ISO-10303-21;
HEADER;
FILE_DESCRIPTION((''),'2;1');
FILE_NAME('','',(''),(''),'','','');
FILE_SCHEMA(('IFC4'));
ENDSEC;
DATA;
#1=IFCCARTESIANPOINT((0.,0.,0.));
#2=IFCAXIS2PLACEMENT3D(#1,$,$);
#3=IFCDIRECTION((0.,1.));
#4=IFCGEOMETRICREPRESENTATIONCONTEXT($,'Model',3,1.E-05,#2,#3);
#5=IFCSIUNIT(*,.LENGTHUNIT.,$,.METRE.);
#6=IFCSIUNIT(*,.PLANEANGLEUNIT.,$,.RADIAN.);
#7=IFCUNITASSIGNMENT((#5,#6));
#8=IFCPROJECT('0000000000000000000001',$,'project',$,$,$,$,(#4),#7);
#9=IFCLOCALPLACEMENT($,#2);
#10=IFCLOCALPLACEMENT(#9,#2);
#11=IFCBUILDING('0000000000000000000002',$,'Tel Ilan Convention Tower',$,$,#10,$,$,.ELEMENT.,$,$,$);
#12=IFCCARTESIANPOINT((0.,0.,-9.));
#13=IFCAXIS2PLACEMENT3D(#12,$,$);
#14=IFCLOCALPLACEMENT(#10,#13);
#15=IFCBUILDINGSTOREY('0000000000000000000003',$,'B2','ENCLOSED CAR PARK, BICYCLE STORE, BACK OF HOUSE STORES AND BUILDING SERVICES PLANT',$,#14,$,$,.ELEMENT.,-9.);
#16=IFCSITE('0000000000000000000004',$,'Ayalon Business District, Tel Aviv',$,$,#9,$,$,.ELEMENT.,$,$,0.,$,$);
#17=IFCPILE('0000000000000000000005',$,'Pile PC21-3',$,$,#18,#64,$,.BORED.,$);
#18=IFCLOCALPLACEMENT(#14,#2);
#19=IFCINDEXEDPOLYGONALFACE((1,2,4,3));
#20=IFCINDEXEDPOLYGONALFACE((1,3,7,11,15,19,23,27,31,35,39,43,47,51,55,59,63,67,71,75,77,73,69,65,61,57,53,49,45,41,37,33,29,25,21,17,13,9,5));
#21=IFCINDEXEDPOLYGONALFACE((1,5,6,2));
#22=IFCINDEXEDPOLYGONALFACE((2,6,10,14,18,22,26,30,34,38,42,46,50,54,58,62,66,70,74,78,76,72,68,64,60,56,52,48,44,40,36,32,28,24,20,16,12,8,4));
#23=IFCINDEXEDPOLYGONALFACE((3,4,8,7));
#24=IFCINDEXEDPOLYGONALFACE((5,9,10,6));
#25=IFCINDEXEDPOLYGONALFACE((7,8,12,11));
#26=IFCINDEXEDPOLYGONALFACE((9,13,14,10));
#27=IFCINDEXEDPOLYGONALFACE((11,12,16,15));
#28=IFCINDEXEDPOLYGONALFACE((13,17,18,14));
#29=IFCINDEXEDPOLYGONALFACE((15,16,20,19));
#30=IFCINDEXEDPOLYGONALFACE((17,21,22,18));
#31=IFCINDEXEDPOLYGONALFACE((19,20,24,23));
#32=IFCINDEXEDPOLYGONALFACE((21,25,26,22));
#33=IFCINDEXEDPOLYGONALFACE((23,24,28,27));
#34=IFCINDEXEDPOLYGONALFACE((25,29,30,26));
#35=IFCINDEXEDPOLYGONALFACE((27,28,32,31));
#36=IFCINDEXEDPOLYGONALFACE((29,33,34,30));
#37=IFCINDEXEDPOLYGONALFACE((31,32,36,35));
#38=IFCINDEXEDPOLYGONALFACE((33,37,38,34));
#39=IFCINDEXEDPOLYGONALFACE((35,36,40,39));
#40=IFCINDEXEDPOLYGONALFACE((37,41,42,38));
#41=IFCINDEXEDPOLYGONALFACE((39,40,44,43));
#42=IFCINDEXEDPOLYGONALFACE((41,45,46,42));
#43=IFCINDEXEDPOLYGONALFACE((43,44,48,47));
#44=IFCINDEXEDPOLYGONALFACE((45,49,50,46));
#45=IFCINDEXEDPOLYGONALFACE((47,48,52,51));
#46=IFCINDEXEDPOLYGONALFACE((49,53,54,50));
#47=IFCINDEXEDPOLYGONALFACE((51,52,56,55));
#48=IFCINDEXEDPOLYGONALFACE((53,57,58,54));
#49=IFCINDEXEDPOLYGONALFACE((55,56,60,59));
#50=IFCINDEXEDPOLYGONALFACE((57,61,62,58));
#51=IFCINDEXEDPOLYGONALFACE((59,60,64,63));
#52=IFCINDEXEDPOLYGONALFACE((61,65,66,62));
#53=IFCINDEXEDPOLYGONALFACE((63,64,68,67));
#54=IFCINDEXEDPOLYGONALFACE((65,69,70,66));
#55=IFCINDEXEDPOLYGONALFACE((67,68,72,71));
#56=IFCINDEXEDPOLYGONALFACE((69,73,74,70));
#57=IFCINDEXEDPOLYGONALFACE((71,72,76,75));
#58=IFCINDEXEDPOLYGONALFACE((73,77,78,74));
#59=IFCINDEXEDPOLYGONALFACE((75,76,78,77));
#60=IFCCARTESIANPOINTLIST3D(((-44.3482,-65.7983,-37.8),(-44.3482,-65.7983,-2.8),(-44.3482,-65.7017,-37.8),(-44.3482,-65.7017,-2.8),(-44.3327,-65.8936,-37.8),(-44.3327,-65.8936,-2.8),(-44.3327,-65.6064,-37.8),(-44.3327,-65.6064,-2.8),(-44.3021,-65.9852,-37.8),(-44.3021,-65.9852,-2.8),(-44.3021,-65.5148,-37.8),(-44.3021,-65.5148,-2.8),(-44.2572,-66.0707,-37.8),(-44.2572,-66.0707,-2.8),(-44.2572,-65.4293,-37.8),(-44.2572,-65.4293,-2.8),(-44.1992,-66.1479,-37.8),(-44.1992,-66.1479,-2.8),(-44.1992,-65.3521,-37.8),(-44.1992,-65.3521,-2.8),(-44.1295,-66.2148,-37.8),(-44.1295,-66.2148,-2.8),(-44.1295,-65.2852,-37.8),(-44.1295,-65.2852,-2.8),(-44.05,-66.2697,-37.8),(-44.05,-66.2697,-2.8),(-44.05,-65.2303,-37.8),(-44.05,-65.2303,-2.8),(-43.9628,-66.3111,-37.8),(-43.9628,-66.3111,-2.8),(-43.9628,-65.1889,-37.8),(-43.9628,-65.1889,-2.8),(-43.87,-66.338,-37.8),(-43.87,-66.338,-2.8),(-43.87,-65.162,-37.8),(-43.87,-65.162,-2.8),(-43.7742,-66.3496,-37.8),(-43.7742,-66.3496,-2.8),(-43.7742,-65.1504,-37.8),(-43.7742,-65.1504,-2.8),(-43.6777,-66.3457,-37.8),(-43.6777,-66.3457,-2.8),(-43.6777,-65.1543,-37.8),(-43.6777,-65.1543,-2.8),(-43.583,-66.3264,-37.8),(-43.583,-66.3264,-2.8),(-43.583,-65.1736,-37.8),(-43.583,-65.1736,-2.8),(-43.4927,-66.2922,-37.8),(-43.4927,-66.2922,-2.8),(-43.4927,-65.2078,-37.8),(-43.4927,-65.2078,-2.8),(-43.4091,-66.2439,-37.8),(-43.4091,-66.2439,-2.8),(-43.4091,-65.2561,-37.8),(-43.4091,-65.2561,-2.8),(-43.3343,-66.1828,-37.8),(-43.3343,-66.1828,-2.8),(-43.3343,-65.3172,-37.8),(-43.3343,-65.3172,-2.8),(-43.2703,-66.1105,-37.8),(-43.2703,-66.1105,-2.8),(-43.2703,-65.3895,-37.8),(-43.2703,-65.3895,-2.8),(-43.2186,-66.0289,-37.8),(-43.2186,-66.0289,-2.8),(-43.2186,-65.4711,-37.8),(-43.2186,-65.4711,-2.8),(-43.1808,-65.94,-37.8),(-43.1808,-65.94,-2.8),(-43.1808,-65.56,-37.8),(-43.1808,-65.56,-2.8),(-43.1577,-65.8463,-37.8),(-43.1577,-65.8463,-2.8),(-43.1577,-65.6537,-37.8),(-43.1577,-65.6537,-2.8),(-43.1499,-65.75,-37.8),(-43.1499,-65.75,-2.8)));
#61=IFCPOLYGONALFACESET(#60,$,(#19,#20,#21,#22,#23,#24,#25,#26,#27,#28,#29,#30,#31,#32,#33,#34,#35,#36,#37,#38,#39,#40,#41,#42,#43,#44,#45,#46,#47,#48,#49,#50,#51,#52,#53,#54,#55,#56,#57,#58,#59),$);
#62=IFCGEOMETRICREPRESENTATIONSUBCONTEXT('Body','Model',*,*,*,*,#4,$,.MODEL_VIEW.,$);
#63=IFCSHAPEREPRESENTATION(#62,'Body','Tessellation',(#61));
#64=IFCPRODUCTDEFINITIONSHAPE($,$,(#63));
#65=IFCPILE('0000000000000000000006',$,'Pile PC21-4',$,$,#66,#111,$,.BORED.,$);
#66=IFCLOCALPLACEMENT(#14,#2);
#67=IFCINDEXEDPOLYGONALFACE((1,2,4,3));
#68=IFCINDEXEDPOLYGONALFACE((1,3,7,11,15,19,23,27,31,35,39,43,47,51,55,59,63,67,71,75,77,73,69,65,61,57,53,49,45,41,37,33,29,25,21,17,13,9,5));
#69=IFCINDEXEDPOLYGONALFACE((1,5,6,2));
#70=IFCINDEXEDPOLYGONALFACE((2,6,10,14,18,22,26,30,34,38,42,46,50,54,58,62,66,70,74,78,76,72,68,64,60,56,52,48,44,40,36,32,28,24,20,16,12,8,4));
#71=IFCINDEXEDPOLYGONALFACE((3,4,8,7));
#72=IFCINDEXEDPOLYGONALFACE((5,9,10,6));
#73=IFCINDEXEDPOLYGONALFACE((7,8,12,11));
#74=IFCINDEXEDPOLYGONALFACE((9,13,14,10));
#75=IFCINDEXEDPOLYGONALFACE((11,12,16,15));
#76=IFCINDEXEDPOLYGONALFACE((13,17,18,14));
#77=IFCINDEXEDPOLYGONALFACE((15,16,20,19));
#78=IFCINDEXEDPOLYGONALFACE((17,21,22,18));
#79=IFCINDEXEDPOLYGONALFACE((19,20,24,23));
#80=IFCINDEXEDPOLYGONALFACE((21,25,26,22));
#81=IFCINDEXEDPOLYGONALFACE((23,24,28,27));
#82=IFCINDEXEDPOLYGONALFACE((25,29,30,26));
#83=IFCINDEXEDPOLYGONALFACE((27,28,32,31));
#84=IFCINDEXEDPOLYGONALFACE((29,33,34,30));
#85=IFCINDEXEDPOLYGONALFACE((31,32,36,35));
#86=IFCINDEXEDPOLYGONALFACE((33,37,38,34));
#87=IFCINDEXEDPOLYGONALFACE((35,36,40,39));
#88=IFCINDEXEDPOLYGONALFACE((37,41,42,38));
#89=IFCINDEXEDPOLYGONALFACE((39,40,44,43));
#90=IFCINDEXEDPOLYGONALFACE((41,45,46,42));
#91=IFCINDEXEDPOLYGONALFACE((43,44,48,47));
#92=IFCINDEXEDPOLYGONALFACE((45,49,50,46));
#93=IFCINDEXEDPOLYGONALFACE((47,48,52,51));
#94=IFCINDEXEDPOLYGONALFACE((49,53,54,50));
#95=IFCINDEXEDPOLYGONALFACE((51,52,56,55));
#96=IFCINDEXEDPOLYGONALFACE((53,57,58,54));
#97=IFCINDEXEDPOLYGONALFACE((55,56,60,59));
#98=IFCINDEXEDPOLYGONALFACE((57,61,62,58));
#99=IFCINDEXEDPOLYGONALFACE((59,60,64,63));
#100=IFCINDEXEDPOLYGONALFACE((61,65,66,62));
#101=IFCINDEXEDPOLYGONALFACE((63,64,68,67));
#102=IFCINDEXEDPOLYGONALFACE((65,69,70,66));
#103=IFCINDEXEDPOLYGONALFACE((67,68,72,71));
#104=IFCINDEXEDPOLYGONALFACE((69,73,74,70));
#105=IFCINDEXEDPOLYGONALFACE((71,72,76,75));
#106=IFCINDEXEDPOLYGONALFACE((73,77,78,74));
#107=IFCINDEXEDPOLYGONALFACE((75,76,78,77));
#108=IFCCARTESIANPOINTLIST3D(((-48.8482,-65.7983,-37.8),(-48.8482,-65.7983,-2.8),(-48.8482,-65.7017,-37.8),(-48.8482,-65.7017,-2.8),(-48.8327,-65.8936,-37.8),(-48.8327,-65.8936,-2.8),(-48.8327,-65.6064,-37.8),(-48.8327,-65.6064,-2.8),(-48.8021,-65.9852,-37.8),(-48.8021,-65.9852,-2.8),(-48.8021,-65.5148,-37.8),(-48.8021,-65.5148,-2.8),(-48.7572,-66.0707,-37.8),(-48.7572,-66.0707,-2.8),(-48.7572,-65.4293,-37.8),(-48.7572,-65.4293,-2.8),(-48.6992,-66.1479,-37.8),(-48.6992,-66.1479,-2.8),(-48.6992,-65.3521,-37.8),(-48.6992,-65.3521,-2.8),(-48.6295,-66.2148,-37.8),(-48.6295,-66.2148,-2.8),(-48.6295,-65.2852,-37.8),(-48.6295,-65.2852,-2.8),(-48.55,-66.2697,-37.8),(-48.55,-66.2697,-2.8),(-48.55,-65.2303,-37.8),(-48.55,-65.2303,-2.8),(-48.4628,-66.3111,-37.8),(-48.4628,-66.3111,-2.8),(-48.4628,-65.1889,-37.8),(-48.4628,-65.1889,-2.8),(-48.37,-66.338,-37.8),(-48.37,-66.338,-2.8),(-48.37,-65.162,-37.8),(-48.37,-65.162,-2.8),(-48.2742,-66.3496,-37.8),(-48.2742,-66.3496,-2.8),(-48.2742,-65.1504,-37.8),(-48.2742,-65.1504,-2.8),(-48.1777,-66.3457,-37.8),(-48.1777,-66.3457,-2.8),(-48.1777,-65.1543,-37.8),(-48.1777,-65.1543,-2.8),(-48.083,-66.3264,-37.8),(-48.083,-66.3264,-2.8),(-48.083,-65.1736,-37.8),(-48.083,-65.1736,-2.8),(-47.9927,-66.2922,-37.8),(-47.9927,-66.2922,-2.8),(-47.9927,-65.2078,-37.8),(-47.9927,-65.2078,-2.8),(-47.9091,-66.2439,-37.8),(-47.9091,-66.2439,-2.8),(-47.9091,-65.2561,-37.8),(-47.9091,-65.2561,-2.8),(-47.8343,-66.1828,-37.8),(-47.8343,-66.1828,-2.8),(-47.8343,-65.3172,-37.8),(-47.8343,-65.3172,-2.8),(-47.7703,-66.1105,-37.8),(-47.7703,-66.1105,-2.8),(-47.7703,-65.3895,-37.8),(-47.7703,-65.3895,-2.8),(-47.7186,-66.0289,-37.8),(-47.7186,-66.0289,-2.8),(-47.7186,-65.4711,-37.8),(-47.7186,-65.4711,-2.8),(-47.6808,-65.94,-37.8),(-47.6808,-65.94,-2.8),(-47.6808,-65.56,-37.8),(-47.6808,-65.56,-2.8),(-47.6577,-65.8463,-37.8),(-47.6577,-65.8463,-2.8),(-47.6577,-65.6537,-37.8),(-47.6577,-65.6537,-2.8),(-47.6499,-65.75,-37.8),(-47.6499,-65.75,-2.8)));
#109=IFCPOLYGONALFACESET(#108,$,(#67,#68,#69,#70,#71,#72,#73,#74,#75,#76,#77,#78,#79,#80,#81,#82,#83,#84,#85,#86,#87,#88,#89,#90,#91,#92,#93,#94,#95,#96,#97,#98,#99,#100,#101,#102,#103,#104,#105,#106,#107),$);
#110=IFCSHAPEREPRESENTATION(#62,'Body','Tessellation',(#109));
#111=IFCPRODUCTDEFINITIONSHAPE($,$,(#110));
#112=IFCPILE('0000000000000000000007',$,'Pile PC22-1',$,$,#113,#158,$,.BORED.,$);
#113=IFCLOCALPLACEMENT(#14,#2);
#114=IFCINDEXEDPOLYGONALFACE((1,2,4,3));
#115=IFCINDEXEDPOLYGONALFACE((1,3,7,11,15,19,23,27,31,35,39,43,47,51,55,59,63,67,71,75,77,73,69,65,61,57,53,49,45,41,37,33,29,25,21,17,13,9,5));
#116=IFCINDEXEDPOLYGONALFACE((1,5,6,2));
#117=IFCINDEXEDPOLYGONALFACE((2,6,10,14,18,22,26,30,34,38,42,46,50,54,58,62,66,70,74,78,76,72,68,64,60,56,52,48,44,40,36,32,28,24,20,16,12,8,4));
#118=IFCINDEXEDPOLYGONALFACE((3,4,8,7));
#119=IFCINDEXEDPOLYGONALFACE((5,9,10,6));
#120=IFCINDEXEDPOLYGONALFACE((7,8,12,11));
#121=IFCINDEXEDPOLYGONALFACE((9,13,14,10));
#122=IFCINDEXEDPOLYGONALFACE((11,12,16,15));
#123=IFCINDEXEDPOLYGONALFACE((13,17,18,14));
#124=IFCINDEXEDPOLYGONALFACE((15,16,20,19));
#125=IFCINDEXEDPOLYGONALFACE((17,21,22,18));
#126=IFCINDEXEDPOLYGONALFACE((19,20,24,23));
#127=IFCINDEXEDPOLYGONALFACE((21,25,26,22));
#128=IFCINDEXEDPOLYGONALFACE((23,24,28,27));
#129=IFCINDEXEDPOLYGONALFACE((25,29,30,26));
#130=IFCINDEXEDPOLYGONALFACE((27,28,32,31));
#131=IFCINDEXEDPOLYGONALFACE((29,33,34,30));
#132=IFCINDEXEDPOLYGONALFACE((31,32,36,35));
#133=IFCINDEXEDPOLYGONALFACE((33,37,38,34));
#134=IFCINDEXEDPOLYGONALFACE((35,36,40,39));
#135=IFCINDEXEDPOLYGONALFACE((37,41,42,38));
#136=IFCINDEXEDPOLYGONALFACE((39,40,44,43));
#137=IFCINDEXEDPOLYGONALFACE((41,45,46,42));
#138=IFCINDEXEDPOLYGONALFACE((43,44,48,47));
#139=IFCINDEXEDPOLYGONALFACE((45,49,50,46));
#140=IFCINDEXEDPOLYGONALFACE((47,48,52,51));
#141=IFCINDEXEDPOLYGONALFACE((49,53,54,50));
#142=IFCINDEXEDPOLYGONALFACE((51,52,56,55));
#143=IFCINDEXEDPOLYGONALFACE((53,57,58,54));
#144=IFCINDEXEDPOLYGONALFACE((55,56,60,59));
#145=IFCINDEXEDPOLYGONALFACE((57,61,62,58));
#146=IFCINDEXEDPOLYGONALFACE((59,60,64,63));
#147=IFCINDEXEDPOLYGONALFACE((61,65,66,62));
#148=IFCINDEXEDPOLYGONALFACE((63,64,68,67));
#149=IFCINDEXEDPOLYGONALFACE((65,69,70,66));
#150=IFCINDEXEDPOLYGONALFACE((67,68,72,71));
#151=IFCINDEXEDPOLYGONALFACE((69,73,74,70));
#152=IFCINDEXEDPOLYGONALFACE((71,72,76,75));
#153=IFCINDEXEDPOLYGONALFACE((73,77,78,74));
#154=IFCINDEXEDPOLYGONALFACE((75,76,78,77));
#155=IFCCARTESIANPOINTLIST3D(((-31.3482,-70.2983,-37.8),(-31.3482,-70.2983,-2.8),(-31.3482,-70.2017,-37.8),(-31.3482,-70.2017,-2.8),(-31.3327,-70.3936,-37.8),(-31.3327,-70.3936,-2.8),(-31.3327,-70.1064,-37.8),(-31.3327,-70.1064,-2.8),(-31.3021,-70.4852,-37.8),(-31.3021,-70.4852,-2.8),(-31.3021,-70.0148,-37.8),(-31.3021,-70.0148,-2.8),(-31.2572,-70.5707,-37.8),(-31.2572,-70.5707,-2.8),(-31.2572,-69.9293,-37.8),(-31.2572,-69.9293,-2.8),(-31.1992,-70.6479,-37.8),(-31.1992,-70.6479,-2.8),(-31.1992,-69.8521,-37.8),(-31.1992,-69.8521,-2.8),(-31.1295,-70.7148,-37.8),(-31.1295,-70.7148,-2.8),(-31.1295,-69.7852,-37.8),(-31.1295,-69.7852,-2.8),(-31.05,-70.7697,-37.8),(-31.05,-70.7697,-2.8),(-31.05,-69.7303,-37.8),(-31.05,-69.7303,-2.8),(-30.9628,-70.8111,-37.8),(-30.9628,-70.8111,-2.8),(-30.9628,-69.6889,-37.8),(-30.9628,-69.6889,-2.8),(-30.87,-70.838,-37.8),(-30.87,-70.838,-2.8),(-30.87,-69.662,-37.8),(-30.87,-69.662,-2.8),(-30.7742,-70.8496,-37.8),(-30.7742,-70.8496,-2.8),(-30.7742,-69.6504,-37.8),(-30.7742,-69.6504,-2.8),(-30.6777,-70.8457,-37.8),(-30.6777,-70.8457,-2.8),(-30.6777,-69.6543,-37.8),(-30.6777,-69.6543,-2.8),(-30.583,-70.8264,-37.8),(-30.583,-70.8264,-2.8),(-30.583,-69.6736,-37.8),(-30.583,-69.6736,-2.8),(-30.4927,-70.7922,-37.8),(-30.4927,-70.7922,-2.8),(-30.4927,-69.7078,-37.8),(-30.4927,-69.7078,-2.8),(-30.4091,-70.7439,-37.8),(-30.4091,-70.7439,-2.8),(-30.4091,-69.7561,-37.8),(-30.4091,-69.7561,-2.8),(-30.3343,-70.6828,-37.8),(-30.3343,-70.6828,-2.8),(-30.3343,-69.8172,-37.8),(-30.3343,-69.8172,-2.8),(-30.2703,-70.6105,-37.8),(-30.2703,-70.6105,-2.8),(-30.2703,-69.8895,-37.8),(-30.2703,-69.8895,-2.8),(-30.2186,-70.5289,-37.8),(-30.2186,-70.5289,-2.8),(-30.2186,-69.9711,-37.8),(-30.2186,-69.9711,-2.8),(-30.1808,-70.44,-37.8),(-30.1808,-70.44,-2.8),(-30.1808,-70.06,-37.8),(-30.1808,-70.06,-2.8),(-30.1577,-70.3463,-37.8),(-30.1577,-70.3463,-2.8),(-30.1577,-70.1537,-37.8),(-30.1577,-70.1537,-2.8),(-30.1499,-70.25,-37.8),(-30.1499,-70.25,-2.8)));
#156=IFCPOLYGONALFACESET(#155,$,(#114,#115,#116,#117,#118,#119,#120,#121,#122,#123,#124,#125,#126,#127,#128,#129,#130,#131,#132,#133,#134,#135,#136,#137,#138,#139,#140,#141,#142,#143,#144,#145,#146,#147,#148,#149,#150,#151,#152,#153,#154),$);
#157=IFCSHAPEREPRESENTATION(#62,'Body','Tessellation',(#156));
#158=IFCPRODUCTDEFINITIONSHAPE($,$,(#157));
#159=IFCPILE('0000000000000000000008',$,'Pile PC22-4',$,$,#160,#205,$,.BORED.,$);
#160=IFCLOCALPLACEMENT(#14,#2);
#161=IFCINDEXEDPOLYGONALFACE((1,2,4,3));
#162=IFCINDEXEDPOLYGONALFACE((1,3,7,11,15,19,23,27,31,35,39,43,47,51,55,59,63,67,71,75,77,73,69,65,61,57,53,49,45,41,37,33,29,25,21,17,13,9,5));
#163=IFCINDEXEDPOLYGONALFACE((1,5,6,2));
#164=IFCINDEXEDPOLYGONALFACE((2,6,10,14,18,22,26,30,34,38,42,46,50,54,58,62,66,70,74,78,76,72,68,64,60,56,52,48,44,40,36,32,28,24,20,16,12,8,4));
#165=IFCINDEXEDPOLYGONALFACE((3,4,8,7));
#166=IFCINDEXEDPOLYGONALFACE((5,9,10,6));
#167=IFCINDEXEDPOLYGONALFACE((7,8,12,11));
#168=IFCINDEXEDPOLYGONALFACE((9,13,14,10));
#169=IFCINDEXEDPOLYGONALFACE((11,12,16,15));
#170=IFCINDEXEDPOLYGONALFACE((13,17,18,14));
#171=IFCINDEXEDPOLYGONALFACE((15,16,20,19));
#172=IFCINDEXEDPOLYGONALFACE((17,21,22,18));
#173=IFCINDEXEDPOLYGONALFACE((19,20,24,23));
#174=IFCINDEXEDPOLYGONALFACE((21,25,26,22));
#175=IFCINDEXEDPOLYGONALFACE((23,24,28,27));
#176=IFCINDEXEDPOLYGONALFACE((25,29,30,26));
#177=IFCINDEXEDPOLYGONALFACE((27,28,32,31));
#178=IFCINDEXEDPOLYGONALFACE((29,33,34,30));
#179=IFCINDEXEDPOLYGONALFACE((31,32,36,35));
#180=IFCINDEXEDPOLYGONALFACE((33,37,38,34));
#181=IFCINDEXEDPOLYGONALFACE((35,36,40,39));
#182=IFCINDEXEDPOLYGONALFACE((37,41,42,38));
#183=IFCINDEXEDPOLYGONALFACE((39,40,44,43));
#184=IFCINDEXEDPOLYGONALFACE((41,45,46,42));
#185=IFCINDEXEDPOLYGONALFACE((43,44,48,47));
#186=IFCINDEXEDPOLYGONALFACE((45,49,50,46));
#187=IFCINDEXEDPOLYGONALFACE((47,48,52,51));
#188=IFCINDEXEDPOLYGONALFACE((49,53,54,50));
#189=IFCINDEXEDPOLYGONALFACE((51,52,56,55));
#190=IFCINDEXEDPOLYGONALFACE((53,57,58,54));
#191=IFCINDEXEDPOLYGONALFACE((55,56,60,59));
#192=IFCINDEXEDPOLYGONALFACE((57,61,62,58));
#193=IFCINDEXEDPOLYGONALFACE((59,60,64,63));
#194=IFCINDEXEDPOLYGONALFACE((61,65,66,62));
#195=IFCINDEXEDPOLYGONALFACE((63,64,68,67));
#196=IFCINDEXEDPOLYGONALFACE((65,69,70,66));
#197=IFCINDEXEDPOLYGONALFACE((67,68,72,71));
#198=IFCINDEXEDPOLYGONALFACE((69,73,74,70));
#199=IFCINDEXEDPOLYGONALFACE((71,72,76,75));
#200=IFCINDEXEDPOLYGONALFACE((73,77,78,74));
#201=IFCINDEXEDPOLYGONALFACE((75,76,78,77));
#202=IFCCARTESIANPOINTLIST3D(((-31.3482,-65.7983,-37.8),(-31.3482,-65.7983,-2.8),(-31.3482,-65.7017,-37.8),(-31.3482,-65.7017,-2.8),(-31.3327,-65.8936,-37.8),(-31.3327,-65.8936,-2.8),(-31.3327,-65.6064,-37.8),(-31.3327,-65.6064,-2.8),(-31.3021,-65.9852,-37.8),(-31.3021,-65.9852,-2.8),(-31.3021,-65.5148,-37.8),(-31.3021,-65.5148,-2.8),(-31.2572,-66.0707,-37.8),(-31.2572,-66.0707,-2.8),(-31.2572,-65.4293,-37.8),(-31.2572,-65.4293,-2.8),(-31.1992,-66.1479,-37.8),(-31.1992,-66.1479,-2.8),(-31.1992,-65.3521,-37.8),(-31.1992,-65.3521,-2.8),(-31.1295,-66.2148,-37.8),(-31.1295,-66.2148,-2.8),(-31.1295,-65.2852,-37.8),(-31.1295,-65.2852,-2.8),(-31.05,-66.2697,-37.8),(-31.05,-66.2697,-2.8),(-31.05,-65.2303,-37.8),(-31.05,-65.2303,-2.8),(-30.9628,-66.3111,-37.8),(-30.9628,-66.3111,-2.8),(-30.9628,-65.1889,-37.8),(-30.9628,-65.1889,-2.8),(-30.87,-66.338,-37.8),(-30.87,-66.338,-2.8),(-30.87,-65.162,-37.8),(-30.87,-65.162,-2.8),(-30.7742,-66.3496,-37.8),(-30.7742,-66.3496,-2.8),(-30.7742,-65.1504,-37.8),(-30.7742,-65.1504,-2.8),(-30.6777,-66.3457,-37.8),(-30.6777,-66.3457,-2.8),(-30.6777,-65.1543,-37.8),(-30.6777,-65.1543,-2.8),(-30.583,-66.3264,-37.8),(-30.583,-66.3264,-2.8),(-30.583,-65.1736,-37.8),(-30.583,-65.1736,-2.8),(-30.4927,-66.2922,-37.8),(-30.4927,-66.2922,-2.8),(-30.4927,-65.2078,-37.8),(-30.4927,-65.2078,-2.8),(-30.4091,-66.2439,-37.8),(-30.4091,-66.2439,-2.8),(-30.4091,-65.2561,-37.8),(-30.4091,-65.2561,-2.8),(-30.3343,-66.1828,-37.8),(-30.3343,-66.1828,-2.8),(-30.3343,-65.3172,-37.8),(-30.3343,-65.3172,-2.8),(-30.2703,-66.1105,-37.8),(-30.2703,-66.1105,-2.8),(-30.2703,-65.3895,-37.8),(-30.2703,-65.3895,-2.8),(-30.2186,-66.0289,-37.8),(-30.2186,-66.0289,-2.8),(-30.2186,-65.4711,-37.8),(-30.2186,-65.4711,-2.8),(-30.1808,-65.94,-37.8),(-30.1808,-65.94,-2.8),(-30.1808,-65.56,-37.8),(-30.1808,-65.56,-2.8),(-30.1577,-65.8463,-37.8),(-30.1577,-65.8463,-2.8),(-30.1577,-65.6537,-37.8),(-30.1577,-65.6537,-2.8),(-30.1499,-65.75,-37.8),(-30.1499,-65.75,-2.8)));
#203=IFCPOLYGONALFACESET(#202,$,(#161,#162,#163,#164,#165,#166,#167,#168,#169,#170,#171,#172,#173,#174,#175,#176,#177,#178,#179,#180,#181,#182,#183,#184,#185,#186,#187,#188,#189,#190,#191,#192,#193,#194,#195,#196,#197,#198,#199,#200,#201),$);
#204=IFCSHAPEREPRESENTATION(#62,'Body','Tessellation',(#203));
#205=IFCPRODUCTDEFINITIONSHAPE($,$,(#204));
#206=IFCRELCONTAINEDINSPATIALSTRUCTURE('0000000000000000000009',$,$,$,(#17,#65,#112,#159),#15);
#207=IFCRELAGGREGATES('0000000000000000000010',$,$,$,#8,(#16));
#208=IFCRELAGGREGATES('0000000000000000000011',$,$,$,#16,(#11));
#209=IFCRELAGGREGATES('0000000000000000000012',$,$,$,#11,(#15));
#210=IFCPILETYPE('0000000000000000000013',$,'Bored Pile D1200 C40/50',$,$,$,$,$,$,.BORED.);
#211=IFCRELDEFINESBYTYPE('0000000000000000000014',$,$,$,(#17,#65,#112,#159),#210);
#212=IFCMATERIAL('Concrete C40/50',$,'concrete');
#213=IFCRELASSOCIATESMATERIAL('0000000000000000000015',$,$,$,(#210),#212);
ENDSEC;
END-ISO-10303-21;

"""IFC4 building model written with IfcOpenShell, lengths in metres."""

from ifc_helpers import new_model, si_unit, direction, frame, origin, origin_2d, place, context, subcontext, project, spatial, circle, extrude, material, material_profile, profile_set, type_object, element, save


model = new_model("IFC4")

# Units and contexts
model_context = context("Model", 3, precision=1e-05, world=origin(), true_north=direction((0.0, 1.0)))
body_context = subcontext(model_context, "Body", "Model", "MODEL_VIEW")
ifc_project = project(units=[si_unit("LENGTHUNIT", "METRE"), si_unit("PLANEANGLEUNIT", "RADIAN")], contexts=[model_context])

# Site, building, storey
site_placement = place(None, origin())
site = spatial("IfcSite", under=ifc_project, at=site_placement, Name="Ayalon Business District, Tel Aviv", CompositionType="ELEMENT", RefElevation=0.0)
building_placement = place(site_placement, origin())
building = spatial("IfcBuilding", under=site, at=building_placement, Name="Tel Ilan Convention Tower", CompositionType="ELEMENT")
storey_placement = place(building_placement, frame((0.0, 0.0, -9.0)))
storey = spatial("IfcBuildingStorey", under=building, at=storey_placement, Name="B2", Description="ENCLOSED CAR PARK, BICYCLE STORE, BACK OF HOUSE STORES AND BUILDING SERVICES PLANT", CompositionType="ELEMENT", Elevation=-9.0)

# Piles
ifc_material_1 = material(Name="Concrete C40/50", Category="concrete")
ifc_material_profile_1 = material_profile(ifc_material_1, circle(Radius=0.6001, at=origin_2d()), Name="BORED D1200")
ifc_profile_set_1 = profile_set([ifc_material_profile_1], Name="Concrete C40/50")
pile_type = type_object("IfcPileType", Name="Bored Pile D1200 C40/50", PredefinedType="BORED", material=ifc_profile_set_1)
for number, where, z_axis, x_axis, name in (
    (1, (-43.75, -65.75, -2.8), (0.0, 0.0, -1.0), (1.0, 0.0, 0.0), "Pile PC21-3"),
    (2, (-48.25, -65.75, -2.8), (0.0, 0.0, -1.0), (1.0, 0.0, 0.0), "Pile PC21-4"),
    (3, (-30.75, -70.25, -2.8), (0.0, 0.0, -1.0), (1.0, 0.0, 0.0), "Pile PC22-1"),
    (4, (-30.75, -65.75, -2.8), (0.0, 0.0, -1.0), (1.0, 0.0, 0.0), "Pile PC22-4"),
):
    element("IfcPile", number, at=place(storey_placement, frame(where, z_axis=z_axis, x_axis=x_axis)), inside=storey, type_object=pile_type, Name=name, PredefinedType="BORED", context=body_context, shape_type="SweptSolid", body=[
        extrude(circle(Radius=0.6001, at=origin_2d()), origin(), (0.0, 0.0, 1.0), 35.0),
    ])

save(model, "model.ifc")
